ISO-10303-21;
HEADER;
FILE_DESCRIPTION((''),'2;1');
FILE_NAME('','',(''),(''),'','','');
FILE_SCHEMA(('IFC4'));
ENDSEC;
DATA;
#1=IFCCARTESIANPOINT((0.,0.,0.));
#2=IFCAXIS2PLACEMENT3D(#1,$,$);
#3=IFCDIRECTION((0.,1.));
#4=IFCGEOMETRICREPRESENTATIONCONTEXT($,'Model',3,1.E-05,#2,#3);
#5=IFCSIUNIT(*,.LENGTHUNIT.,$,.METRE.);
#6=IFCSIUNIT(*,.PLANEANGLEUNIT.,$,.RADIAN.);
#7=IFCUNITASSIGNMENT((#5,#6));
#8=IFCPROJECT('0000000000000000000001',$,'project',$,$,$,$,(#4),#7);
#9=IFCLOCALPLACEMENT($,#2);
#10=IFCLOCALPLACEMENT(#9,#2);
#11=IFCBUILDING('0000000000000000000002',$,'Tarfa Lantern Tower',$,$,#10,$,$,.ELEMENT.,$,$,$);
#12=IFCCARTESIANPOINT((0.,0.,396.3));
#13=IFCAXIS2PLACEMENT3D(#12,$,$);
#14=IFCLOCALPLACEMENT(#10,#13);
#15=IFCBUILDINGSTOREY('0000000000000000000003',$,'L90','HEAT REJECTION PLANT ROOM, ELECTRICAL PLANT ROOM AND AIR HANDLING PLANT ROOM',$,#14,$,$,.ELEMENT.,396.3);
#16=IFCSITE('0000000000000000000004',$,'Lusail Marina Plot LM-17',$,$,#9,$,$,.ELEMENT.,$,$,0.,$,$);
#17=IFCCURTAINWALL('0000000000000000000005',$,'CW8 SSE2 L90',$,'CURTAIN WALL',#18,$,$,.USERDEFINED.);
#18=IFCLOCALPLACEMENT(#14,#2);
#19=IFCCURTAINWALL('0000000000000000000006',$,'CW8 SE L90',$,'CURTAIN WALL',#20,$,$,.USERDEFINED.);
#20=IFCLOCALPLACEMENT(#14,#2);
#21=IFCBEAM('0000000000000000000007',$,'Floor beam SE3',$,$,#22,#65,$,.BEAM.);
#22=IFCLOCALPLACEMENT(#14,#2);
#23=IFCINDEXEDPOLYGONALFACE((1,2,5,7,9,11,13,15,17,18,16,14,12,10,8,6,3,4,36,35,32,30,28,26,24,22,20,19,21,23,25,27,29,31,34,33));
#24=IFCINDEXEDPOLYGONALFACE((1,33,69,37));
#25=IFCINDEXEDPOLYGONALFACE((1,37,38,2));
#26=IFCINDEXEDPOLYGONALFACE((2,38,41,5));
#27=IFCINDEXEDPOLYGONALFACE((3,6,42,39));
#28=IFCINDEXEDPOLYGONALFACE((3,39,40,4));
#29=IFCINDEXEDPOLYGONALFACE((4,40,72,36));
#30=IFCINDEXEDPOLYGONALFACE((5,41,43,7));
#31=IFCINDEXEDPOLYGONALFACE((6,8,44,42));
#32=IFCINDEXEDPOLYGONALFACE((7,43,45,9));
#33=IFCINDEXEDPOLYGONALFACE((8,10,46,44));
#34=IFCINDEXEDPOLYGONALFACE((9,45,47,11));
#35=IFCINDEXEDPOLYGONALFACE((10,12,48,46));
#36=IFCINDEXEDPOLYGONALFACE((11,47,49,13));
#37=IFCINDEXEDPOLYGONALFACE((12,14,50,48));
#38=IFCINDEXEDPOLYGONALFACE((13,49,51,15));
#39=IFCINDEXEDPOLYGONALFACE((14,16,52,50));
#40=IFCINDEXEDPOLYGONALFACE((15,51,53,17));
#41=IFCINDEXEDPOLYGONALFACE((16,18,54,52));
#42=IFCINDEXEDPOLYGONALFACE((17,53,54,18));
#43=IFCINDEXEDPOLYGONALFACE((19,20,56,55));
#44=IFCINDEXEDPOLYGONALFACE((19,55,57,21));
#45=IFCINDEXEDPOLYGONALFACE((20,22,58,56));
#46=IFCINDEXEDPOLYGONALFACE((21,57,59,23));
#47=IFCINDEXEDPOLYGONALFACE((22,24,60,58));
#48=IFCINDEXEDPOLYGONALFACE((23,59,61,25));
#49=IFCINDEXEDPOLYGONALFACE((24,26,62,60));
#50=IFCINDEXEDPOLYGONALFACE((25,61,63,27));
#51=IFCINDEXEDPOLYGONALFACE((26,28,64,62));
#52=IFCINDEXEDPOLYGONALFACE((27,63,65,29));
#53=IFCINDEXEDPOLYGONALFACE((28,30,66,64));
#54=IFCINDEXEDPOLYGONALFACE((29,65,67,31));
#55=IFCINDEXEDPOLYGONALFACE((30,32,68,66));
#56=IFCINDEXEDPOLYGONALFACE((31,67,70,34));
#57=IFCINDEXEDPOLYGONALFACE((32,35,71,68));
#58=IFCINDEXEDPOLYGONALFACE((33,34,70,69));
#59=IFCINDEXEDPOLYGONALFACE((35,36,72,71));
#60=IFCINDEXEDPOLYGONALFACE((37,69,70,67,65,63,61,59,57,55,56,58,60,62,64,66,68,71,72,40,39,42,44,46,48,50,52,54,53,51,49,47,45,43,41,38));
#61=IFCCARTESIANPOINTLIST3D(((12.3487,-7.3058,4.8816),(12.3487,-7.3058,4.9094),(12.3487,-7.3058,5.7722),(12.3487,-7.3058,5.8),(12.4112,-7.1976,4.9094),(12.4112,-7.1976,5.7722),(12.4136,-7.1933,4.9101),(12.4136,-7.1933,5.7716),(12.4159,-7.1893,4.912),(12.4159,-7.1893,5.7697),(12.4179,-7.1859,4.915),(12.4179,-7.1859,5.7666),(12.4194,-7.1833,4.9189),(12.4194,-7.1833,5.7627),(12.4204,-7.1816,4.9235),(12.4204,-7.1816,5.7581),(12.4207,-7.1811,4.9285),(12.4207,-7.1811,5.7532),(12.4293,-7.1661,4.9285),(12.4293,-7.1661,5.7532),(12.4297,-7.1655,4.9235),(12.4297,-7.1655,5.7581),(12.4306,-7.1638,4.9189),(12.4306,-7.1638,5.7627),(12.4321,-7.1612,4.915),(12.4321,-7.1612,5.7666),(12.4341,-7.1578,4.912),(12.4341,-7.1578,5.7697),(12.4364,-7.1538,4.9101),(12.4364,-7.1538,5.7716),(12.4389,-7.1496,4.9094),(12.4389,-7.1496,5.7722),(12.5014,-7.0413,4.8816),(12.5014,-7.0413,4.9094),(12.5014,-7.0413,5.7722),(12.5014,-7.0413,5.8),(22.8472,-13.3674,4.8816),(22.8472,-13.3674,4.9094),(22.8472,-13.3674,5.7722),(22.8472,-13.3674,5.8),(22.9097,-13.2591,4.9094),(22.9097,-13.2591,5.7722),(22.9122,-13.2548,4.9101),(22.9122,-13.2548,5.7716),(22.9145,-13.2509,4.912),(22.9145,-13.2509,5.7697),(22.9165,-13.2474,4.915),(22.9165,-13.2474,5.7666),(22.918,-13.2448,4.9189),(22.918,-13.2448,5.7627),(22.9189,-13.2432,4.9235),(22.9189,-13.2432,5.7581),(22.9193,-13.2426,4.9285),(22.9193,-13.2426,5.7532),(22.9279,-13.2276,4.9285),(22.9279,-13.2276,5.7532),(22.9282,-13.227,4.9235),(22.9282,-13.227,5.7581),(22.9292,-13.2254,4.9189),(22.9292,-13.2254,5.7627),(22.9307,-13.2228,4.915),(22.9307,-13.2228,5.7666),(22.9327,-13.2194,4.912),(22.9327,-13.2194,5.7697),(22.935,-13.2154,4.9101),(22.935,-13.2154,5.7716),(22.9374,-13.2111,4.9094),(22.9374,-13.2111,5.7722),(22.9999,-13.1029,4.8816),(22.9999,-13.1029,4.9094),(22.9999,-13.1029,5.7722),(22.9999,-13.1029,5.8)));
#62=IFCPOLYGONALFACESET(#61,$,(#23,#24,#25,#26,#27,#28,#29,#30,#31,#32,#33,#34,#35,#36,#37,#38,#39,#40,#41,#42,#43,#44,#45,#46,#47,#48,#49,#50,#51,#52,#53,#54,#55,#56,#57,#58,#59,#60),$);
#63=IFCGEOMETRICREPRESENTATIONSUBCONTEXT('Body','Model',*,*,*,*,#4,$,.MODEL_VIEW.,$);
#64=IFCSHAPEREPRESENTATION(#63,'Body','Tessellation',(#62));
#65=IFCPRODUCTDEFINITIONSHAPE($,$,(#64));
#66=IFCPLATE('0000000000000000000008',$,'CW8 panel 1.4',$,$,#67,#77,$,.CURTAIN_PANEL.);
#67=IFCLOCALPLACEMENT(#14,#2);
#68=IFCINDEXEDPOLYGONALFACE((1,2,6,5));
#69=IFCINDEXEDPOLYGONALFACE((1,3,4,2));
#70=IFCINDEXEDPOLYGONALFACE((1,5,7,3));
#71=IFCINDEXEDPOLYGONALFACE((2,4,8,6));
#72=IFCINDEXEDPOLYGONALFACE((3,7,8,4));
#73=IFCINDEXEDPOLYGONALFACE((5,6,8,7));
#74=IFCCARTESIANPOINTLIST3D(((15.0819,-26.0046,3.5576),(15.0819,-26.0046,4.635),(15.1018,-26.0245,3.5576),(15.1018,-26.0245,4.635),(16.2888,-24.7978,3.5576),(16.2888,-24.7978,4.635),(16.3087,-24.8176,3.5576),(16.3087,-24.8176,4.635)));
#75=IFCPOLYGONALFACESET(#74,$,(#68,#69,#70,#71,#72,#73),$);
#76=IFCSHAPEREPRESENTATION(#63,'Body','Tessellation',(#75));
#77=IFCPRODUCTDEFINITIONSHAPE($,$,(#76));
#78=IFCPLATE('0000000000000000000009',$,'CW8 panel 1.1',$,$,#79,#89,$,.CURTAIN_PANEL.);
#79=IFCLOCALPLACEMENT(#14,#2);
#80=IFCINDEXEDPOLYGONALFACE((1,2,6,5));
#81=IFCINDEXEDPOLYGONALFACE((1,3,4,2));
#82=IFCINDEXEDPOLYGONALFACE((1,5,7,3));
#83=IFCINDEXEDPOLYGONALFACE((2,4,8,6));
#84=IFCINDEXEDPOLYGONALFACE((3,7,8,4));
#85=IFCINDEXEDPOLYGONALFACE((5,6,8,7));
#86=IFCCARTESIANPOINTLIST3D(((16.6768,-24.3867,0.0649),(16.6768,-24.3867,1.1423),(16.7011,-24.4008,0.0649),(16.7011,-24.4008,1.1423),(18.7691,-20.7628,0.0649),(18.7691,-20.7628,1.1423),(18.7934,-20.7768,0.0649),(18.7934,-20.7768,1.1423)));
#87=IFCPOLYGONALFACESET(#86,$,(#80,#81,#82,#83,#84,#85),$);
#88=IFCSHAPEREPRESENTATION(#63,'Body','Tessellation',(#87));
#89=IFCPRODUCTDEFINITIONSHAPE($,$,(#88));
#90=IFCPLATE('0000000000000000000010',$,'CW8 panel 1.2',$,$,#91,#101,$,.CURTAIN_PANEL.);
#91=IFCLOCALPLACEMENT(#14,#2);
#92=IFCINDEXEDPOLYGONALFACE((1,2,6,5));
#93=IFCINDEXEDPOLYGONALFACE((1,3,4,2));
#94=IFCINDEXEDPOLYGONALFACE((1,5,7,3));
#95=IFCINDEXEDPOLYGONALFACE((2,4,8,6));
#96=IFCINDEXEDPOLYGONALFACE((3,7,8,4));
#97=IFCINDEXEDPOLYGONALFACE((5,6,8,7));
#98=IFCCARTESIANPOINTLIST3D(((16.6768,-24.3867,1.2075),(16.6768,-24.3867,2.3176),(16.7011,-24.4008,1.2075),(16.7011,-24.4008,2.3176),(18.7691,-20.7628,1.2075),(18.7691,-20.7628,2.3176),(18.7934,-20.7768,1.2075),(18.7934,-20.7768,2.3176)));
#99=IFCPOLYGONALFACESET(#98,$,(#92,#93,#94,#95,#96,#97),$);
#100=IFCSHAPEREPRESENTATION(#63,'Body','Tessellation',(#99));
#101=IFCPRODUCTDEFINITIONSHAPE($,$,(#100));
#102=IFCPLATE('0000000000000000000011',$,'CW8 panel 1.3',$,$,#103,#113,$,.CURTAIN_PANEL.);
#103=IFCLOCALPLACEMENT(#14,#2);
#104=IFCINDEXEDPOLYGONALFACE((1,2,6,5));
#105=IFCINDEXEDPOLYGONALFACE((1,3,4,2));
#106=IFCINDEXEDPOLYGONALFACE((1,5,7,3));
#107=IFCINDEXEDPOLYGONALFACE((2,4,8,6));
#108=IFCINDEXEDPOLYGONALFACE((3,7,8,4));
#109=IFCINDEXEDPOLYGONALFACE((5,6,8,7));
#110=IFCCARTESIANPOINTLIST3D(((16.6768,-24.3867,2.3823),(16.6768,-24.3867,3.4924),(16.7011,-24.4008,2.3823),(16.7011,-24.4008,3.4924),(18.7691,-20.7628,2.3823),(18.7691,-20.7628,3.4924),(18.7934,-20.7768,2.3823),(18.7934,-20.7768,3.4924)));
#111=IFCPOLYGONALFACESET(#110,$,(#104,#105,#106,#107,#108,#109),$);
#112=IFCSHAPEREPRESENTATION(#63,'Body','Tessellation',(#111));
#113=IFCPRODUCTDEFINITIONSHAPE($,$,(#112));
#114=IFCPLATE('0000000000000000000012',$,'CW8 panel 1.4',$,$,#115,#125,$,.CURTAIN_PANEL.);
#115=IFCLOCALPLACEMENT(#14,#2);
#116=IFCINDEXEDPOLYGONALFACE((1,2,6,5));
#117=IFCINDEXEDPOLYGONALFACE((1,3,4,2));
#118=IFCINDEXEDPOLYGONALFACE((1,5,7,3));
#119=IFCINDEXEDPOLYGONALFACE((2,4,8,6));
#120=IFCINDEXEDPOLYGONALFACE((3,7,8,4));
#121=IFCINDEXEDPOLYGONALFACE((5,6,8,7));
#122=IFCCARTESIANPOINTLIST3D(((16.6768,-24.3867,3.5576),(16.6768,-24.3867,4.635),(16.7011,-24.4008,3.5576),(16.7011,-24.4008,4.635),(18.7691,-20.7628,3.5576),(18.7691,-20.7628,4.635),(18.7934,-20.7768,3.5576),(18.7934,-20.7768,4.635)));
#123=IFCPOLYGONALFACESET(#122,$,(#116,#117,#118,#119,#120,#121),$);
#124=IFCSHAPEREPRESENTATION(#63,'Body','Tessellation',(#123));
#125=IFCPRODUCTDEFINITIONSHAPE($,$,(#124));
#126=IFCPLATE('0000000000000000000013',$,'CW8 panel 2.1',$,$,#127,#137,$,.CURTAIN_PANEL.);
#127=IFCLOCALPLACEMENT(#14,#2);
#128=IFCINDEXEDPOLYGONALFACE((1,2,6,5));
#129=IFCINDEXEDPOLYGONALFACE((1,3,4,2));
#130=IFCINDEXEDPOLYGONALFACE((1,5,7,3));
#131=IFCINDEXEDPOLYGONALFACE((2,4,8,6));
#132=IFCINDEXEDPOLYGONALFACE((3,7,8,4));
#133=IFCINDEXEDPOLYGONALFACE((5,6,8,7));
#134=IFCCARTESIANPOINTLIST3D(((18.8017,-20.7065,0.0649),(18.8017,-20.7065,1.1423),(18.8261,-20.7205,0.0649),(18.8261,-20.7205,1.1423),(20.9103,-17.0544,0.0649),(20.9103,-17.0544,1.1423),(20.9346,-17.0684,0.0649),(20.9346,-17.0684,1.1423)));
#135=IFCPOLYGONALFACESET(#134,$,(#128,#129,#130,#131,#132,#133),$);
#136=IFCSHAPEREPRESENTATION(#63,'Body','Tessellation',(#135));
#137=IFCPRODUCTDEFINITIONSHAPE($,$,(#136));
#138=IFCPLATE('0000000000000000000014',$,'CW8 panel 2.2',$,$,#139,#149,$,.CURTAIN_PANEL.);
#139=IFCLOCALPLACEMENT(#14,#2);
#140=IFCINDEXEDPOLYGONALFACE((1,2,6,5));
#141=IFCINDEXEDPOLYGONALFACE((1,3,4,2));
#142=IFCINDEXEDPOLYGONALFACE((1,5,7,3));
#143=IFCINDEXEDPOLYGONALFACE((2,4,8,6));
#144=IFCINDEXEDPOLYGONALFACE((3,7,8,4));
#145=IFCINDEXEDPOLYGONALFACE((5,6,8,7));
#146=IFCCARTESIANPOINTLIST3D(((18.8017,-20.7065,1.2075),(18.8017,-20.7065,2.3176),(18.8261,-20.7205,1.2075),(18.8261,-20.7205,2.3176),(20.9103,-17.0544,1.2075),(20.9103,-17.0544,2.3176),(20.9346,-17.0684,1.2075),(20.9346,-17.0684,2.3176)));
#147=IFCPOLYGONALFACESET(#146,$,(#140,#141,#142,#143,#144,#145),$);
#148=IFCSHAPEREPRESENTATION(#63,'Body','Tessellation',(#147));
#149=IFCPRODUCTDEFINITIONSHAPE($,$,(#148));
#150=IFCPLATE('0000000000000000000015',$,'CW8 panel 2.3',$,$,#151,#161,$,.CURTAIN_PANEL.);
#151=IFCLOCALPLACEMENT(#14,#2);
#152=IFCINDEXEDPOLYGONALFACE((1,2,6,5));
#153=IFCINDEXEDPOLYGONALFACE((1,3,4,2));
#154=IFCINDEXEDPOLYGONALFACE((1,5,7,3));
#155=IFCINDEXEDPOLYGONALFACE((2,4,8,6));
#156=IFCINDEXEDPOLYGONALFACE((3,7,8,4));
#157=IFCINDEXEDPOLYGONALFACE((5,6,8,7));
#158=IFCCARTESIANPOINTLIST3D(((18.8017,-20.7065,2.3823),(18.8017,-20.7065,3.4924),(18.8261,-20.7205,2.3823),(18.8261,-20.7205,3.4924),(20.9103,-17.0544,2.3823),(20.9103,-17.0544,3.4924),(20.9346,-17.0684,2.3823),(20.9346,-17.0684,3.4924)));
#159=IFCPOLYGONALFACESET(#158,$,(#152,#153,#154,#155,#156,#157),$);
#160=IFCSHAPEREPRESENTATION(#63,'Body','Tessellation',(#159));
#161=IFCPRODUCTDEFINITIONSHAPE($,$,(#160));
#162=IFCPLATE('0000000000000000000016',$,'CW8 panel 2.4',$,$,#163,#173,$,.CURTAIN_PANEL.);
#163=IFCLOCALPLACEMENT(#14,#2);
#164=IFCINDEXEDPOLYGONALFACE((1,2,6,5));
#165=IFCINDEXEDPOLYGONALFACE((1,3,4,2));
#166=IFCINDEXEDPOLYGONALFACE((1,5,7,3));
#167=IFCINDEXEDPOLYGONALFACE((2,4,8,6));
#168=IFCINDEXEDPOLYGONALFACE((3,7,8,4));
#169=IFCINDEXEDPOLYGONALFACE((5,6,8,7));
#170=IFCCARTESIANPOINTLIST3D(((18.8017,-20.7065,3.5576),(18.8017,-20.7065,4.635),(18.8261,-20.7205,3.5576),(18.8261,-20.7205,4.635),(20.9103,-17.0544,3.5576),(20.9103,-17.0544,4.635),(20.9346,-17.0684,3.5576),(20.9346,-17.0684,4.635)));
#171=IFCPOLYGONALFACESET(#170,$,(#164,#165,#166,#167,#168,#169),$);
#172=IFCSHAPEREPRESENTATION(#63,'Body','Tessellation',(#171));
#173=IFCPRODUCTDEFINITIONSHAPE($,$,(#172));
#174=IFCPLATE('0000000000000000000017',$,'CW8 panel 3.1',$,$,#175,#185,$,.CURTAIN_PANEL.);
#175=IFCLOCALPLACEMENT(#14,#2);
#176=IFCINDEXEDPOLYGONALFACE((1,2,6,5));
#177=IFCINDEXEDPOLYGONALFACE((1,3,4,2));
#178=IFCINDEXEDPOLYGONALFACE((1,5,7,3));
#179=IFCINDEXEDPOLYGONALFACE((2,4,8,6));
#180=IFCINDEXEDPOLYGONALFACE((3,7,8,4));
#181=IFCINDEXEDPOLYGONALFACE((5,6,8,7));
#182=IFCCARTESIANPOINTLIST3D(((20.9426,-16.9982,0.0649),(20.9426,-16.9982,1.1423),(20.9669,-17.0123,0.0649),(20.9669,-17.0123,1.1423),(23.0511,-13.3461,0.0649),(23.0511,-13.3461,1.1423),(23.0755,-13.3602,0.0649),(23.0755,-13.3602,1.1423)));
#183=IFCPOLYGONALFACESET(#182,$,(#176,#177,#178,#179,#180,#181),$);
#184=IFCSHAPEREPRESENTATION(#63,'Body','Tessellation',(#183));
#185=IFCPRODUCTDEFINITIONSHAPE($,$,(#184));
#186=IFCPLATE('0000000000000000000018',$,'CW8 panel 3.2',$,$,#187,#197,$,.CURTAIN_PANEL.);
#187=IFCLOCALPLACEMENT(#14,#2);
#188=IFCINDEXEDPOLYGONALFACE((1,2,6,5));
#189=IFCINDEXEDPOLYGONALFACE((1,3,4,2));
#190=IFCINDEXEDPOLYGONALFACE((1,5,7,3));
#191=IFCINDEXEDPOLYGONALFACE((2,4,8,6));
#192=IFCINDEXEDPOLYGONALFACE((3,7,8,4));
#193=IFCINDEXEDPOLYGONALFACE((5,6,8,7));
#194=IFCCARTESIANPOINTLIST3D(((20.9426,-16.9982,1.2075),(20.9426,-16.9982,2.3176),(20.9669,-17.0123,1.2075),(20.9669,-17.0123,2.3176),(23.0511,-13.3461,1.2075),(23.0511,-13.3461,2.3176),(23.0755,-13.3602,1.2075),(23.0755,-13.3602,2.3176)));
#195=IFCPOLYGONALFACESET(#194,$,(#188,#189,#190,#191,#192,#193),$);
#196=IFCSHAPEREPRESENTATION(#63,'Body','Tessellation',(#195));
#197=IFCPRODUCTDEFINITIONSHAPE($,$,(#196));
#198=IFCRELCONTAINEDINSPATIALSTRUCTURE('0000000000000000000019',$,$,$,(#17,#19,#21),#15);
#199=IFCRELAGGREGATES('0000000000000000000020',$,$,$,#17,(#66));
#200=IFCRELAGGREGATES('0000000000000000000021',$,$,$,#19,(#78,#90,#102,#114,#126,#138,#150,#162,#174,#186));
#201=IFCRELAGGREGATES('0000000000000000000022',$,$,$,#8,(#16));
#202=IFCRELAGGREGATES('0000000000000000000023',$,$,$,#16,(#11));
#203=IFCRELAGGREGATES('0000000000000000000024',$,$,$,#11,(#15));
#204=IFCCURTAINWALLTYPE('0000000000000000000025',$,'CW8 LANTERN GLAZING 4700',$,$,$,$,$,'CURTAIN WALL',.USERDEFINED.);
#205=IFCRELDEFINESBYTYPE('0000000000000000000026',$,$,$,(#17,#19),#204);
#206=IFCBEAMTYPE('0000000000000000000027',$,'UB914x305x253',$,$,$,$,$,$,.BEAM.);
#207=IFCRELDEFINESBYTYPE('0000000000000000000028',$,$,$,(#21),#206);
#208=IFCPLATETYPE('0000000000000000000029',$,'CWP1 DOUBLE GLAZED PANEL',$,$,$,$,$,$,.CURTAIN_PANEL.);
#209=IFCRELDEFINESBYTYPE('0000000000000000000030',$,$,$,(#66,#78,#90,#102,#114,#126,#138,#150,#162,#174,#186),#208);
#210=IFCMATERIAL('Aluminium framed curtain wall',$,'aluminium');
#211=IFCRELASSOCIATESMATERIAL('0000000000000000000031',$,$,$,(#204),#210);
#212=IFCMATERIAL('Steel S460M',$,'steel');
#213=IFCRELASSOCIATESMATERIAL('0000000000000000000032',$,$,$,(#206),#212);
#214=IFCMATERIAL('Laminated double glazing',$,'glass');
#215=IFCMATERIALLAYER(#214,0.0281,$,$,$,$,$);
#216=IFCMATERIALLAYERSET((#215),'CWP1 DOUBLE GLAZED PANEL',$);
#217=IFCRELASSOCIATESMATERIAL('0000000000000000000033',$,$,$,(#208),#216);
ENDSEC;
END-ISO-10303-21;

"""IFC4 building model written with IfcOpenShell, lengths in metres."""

from ifc_helpers import new_model, si_unit, direction, frame, origin, origin_2d, place, context, subcontext, project, spatial, rectangle, i_section, extrude, material, layer, layer_set, material_profile, profile_set, type_object, element, aggregate, save


model = new_model("IFC4")

# Units and contexts
model_context = context("Model", 3, precision=1e-05, world=origin(), true_north=direction((0.0, 1.0)))
body_context = subcontext(model_context, "Body", "Model", "MODEL_VIEW")
ifc_project = project(units=[si_unit("LENGTHUNIT", "METRE"), si_unit("PLANEANGLEUNIT", "RADIAN")], contexts=[model_context])

# Site, building, storey
site_placement = place(None, origin())
site = spatial("IfcSite", under=ifc_project, at=site_placement, Name="Lusail Marina Plot LM-17", CompositionType="ELEMENT", RefElevation=0.0)
building_placement = place(site_placement, origin())
building = spatial("IfcBuilding", under=site, at=building_placement, Name="Tarfa Lantern Tower", CompositionType="ELEMENT")
storey_placement = place(building_placement, frame((0.0, 0.0, 396.3)))
storey = spatial("IfcBuildingStorey", under=building, at=storey_placement, Name="L90", Description="HEAT REJECTION PLANT ROOM, ELECTRICAL PLANT ROOM AND AIR HANDLING PLANT ROOM", CompositionType="ELEMENT", Elevation=396.3)

# Curtain wall
ifc_material_1 = material(Name="Aluminium framed curtain wall", Category="aluminium")
curtain_wall_type = type_object("IfcCurtainWallType", Name="CW8 LANTERN GLAZING 4700", ElementType="CURTAIN WALL", PredefinedType="USERDEFINED", material=ifc_material_1)
curtain_wall_1_placement = place(storey_placement, origin())
curtain_wall_1 = element("IfcCurtainWall", 1, at=curtain_wall_1_placement, inside=storey, type_object=curtain_wall_type, Name="CW8 SSE2 L90", ObjectType="CURTAIN WALL", PredefinedType="USERDEFINED")

# Curtain wall
curtain_wall_2_placement = place(storey_placement, origin())
curtain_wall_2 = element("IfcCurtainWall", 2, at=curtain_wall_2_placement, inside=storey, type_object=curtain_wall_type, Name="CW8 SE L90", ObjectType="CURTAIN WALL", PredefinedType="USERDEFINED")

# Beam
ifc_material_2 = material(Name="Steel S460M", Category="steel")
ifc_material_profile_1 = material_profile(ifc_material_2, i_section(OverallWidth=0.3054, OverallDepth=0.9185, WebThickness=0.0173, FlangeThickness=0.0278, FilletRadius=0.019, at=origin_2d()), Name="UB914x305x253")
ifc_profile_set_1 = profile_set([ifc_material_profile_1], Name="Steel S460M")
beam_type_1 = type_object("IfcBeamType", Name="UB914x305x253", PredefinedType="BEAM", material=ifc_profile_set_1)
beam_1_placement = place(storey_placement, frame((22.9236, -13.2351, 5.3408), z_axis=(-0.866019, 0.500012, 0.0), x_axis=(-0.500012, -0.866019, 0.0)))
element("IfcBeam", 3, at=beam_1_placement, inside=storey, type_object=beam_type_1, Name="Floor beam SE3", PredefinedType="BEAM", context=body_context, shape_type="SweptSolid", body=[
    extrude(i_section(OverallWidth=0.3054, OverallDepth=0.9185, WebThickness=0.0173, FlangeThickness=0.0278, FilletRadius=0.019, at=origin_2d()), origin(), (0.0, 0.0, 1.0), 12.1228),
])

# Plates
ifc_material_3 = material(Name="Laminated double glazing", Category="glass")
ifc_layer = layer(ifc_material_3, 0.0281)
ifc_layer_set = layer_set([ifc_layer], Name="CWP1 DOUBLE GLAZED PANEL")
plate_type = type_object("IfcPlateType", Name="CWP1 DOUBLE GLAZED PANEL", PredefinedType="CURTAIN_PANEL", material=ifc_layer_set)
plate_1_placement = place(storey_placement, frame((15.6953, -25.4111, 3.5576), z_axis=(0.0, 0.0, 1.0), x_axis=(0.707107, 0.707107, 0.0)))
plate_1 = element("IfcPlate", 4, at=plate_1_placement, type_object=plate_type, Name="CW8 panel 1.4", PredefinedType="CURTAIN_PANEL", context=body_context, shape_type="SweptSolid", body=[
    extrude(rectangle(XDim=1.7068, YDim=0.0281, at=origin_2d()), origin(), (0.0, 0.0, 1.0), 1.0774),
])
aggregate(curtain_wall_1, [plate_1])
plate_2_placement = place(storey_placement, frame((17.7351, -22.5818, 0.0649), z_axis=(0.0, 0.0, 1.0), x_axis=(0.5, 0.866025, 0.0)))
plate_2 = element("IfcPlate", 5, at=plate_2_placement, type_object=plate_type, Name="CW8 panel 1.1", PredefinedType="CURTAIN_PANEL", context=body_context, shape_type="SweptSolid", body=[
    extrude(rectangle(XDim=4.1846, YDim=0.0281, at=origin_2d()), origin(), (0.0, 0.0, 1.0), 1.0774),
])
plate_3_placement = place(storey_placement, frame((17.7351, -22.5818, 1.2075), z_axis=(0.0, 0.0, 1.0), x_axis=(0.5, 0.866025, 0.0)))
plate_3 = element("IfcPlate", 6, at=plate_3_placement, type_object=plate_type, Name="CW8 panel 1.2", PredefinedType="CURTAIN_PANEL", context=body_context, shape_type="SweptSolid", body=[
    extrude(rectangle(XDim=4.1846, YDim=0.0281, at=origin_2d()), origin(), (0.0, 0.0, 1.0), 1.1101),
])
plate_4_placement = place(storey_placement, frame((17.7351, -22.5818, 2.3823), z_axis=(0.0, 0.0, 1.0), x_axis=(0.5, 0.866025, 0.0)))
plate_4 = element("IfcPlate", 7, at=plate_4_placement, type_object=plate_type, Name="CW8 panel 1.3", PredefinedType="CURTAIN_PANEL", context=body_context, shape_type="SweptSolid", body=[
    extrude(rectangle(XDim=4.1846, YDim=0.0281, at=origin_2d()), origin(), (0.0, 0.0, 1.0), 1.1101),
])
plate_5_placement = place(storey_placement, frame((17.7351, -22.5818, 3.5576), z_axis=(0.0, 0.0, 1.0), x_axis=(0.5, 0.866025, 0.0)))
plate_5 = element("IfcPlate", 8, at=plate_5_placement, type_object=plate_type, Name="CW8 panel 1.4", PredefinedType="CURTAIN_PANEL", context=body_context, shape_type="SweptSolid", body=[
    extrude(rectangle(XDim=4.1846, YDim=0.0281, at=origin_2d()), origin(), (0.0, 0.0, 1.0), 1.0774),
])
plate_6_placement = place(storey_placement, frame((19.8682, -18.8875, 0.0649), z_axis=(0.0, 0.0, 1.0), x_axis=(0.5, 0.866025, 0.0)))
plate_6 = element("IfcPlate", 9, at=plate_6_placement, type_object=plate_type, Name="CW8 panel 2.1", PredefinedType="CURTAIN_PANEL", context=body_context, shape_type="SweptSolid", body=[
    extrude(rectangle(XDim=4.217, YDim=0.0281, at=origin_2d()), origin(), (0.0, 0.0, 1.0), 1.0774),
])
plate_7_placement = place(storey_placement, frame((19.8682, -18.8875, 1.2075), z_axis=(0.0, 0.0, 1.0), x_axis=(0.5, 0.866025, 0.0)))
plate_7 = element("IfcPlate", 10, at=plate_7_placement, type_object=plate_type, Name="CW8 panel 2.2", PredefinedType="CURTAIN_PANEL", context=body_context, shape_type="SweptSolid", body=[
    extrude(rectangle(XDim=4.217, YDim=0.0281, at=origin_2d()), origin(), (0.0, 0.0, 1.0), 1.1101),
])
plate_8_placement = place(storey_placement, frame((19.8682, -18.8875, 2.3823), z_axis=(0.0, 0.0, 1.0), x_axis=(0.5, 0.866025, 0.0)))
plate_8 = element("IfcPlate", 11, at=plate_8_placement, type_object=plate_type, Name="CW8 panel 2.3", PredefinedType="CURTAIN_PANEL", context=body_context, shape_type="SweptSolid", body=[
    extrude(rectangle(XDim=4.217, YDim=0.0281, at=origin_2d()), origin(), (0.0, 0.0, 1.0), 1.1101),
])
plate_9_placement = place(storey_placement, frame((19.8682, -18.8875, 3.5576), z_axis=(0.0, 0.0, 1.0), x_axis=(0.5, 0.866025, 0.0)))
plate_9 = element("IfcPlate", 12, at=plate_9_placement, type_object=plate_type, Name="CW8 panel 2.4", PredefinedType="CURTAIN_PANEL", context=body_context, shape_type="SweptSolid", body=[
    extrude(rectangle(XDim=4.217, YDim=0.0281, at=origin_2d()), origin(), (0.0, 0.0, 1.0), 1.0774),
])
plate_10_placement = place(storey_placement, frame((22.009, -15.1792, 0.0649), z_axis=(0.0, 0.0, 1.0), x_axis=(0.5, 0.866025, 0.0)))
plate_10 = element("IfcPlate", 13, at=plate_10_placement, type_object=plate_type, Name="CW8 panel 3.1", PredefinedType="CURTAIN_PANEL", context=body_context, shape_type="SweptSolid", body=[
    extrude(rectangle(XDim=4.217, YDim=0.0281, at=origin_2d()), origin(), (0.0, 0.0, 1.0), 1.0774),
])
plate_11_placement = place(storey_placement, frame((22.009, -15.1792, 1.2075), z_axis=(0.0, 0.0, 1.0), x_axis=(0.5, 0.866025, 0.0)))
plate_11 = element("IfcPlate", 14, at=plate_11_placement, type_object=plate_type, Name="CW8 panel 3.2", PredefinedType="CURTAIN_PANEL", context=body_context, shape_type="SweptSolid", body=[
    extrude(rectangle(XDim=4.217, YDim=0.0281, at=origin_2d()), origin(), (0.0, 0.0, 1.0), 1.1101),
])
aggregate(curtain_wall_2, [plate_2, plate_3, plate_4, plate_5, plate_6, plate_7, plate_8, plate_9, plate_10, plate_11])

save(model, "model.ifc")
